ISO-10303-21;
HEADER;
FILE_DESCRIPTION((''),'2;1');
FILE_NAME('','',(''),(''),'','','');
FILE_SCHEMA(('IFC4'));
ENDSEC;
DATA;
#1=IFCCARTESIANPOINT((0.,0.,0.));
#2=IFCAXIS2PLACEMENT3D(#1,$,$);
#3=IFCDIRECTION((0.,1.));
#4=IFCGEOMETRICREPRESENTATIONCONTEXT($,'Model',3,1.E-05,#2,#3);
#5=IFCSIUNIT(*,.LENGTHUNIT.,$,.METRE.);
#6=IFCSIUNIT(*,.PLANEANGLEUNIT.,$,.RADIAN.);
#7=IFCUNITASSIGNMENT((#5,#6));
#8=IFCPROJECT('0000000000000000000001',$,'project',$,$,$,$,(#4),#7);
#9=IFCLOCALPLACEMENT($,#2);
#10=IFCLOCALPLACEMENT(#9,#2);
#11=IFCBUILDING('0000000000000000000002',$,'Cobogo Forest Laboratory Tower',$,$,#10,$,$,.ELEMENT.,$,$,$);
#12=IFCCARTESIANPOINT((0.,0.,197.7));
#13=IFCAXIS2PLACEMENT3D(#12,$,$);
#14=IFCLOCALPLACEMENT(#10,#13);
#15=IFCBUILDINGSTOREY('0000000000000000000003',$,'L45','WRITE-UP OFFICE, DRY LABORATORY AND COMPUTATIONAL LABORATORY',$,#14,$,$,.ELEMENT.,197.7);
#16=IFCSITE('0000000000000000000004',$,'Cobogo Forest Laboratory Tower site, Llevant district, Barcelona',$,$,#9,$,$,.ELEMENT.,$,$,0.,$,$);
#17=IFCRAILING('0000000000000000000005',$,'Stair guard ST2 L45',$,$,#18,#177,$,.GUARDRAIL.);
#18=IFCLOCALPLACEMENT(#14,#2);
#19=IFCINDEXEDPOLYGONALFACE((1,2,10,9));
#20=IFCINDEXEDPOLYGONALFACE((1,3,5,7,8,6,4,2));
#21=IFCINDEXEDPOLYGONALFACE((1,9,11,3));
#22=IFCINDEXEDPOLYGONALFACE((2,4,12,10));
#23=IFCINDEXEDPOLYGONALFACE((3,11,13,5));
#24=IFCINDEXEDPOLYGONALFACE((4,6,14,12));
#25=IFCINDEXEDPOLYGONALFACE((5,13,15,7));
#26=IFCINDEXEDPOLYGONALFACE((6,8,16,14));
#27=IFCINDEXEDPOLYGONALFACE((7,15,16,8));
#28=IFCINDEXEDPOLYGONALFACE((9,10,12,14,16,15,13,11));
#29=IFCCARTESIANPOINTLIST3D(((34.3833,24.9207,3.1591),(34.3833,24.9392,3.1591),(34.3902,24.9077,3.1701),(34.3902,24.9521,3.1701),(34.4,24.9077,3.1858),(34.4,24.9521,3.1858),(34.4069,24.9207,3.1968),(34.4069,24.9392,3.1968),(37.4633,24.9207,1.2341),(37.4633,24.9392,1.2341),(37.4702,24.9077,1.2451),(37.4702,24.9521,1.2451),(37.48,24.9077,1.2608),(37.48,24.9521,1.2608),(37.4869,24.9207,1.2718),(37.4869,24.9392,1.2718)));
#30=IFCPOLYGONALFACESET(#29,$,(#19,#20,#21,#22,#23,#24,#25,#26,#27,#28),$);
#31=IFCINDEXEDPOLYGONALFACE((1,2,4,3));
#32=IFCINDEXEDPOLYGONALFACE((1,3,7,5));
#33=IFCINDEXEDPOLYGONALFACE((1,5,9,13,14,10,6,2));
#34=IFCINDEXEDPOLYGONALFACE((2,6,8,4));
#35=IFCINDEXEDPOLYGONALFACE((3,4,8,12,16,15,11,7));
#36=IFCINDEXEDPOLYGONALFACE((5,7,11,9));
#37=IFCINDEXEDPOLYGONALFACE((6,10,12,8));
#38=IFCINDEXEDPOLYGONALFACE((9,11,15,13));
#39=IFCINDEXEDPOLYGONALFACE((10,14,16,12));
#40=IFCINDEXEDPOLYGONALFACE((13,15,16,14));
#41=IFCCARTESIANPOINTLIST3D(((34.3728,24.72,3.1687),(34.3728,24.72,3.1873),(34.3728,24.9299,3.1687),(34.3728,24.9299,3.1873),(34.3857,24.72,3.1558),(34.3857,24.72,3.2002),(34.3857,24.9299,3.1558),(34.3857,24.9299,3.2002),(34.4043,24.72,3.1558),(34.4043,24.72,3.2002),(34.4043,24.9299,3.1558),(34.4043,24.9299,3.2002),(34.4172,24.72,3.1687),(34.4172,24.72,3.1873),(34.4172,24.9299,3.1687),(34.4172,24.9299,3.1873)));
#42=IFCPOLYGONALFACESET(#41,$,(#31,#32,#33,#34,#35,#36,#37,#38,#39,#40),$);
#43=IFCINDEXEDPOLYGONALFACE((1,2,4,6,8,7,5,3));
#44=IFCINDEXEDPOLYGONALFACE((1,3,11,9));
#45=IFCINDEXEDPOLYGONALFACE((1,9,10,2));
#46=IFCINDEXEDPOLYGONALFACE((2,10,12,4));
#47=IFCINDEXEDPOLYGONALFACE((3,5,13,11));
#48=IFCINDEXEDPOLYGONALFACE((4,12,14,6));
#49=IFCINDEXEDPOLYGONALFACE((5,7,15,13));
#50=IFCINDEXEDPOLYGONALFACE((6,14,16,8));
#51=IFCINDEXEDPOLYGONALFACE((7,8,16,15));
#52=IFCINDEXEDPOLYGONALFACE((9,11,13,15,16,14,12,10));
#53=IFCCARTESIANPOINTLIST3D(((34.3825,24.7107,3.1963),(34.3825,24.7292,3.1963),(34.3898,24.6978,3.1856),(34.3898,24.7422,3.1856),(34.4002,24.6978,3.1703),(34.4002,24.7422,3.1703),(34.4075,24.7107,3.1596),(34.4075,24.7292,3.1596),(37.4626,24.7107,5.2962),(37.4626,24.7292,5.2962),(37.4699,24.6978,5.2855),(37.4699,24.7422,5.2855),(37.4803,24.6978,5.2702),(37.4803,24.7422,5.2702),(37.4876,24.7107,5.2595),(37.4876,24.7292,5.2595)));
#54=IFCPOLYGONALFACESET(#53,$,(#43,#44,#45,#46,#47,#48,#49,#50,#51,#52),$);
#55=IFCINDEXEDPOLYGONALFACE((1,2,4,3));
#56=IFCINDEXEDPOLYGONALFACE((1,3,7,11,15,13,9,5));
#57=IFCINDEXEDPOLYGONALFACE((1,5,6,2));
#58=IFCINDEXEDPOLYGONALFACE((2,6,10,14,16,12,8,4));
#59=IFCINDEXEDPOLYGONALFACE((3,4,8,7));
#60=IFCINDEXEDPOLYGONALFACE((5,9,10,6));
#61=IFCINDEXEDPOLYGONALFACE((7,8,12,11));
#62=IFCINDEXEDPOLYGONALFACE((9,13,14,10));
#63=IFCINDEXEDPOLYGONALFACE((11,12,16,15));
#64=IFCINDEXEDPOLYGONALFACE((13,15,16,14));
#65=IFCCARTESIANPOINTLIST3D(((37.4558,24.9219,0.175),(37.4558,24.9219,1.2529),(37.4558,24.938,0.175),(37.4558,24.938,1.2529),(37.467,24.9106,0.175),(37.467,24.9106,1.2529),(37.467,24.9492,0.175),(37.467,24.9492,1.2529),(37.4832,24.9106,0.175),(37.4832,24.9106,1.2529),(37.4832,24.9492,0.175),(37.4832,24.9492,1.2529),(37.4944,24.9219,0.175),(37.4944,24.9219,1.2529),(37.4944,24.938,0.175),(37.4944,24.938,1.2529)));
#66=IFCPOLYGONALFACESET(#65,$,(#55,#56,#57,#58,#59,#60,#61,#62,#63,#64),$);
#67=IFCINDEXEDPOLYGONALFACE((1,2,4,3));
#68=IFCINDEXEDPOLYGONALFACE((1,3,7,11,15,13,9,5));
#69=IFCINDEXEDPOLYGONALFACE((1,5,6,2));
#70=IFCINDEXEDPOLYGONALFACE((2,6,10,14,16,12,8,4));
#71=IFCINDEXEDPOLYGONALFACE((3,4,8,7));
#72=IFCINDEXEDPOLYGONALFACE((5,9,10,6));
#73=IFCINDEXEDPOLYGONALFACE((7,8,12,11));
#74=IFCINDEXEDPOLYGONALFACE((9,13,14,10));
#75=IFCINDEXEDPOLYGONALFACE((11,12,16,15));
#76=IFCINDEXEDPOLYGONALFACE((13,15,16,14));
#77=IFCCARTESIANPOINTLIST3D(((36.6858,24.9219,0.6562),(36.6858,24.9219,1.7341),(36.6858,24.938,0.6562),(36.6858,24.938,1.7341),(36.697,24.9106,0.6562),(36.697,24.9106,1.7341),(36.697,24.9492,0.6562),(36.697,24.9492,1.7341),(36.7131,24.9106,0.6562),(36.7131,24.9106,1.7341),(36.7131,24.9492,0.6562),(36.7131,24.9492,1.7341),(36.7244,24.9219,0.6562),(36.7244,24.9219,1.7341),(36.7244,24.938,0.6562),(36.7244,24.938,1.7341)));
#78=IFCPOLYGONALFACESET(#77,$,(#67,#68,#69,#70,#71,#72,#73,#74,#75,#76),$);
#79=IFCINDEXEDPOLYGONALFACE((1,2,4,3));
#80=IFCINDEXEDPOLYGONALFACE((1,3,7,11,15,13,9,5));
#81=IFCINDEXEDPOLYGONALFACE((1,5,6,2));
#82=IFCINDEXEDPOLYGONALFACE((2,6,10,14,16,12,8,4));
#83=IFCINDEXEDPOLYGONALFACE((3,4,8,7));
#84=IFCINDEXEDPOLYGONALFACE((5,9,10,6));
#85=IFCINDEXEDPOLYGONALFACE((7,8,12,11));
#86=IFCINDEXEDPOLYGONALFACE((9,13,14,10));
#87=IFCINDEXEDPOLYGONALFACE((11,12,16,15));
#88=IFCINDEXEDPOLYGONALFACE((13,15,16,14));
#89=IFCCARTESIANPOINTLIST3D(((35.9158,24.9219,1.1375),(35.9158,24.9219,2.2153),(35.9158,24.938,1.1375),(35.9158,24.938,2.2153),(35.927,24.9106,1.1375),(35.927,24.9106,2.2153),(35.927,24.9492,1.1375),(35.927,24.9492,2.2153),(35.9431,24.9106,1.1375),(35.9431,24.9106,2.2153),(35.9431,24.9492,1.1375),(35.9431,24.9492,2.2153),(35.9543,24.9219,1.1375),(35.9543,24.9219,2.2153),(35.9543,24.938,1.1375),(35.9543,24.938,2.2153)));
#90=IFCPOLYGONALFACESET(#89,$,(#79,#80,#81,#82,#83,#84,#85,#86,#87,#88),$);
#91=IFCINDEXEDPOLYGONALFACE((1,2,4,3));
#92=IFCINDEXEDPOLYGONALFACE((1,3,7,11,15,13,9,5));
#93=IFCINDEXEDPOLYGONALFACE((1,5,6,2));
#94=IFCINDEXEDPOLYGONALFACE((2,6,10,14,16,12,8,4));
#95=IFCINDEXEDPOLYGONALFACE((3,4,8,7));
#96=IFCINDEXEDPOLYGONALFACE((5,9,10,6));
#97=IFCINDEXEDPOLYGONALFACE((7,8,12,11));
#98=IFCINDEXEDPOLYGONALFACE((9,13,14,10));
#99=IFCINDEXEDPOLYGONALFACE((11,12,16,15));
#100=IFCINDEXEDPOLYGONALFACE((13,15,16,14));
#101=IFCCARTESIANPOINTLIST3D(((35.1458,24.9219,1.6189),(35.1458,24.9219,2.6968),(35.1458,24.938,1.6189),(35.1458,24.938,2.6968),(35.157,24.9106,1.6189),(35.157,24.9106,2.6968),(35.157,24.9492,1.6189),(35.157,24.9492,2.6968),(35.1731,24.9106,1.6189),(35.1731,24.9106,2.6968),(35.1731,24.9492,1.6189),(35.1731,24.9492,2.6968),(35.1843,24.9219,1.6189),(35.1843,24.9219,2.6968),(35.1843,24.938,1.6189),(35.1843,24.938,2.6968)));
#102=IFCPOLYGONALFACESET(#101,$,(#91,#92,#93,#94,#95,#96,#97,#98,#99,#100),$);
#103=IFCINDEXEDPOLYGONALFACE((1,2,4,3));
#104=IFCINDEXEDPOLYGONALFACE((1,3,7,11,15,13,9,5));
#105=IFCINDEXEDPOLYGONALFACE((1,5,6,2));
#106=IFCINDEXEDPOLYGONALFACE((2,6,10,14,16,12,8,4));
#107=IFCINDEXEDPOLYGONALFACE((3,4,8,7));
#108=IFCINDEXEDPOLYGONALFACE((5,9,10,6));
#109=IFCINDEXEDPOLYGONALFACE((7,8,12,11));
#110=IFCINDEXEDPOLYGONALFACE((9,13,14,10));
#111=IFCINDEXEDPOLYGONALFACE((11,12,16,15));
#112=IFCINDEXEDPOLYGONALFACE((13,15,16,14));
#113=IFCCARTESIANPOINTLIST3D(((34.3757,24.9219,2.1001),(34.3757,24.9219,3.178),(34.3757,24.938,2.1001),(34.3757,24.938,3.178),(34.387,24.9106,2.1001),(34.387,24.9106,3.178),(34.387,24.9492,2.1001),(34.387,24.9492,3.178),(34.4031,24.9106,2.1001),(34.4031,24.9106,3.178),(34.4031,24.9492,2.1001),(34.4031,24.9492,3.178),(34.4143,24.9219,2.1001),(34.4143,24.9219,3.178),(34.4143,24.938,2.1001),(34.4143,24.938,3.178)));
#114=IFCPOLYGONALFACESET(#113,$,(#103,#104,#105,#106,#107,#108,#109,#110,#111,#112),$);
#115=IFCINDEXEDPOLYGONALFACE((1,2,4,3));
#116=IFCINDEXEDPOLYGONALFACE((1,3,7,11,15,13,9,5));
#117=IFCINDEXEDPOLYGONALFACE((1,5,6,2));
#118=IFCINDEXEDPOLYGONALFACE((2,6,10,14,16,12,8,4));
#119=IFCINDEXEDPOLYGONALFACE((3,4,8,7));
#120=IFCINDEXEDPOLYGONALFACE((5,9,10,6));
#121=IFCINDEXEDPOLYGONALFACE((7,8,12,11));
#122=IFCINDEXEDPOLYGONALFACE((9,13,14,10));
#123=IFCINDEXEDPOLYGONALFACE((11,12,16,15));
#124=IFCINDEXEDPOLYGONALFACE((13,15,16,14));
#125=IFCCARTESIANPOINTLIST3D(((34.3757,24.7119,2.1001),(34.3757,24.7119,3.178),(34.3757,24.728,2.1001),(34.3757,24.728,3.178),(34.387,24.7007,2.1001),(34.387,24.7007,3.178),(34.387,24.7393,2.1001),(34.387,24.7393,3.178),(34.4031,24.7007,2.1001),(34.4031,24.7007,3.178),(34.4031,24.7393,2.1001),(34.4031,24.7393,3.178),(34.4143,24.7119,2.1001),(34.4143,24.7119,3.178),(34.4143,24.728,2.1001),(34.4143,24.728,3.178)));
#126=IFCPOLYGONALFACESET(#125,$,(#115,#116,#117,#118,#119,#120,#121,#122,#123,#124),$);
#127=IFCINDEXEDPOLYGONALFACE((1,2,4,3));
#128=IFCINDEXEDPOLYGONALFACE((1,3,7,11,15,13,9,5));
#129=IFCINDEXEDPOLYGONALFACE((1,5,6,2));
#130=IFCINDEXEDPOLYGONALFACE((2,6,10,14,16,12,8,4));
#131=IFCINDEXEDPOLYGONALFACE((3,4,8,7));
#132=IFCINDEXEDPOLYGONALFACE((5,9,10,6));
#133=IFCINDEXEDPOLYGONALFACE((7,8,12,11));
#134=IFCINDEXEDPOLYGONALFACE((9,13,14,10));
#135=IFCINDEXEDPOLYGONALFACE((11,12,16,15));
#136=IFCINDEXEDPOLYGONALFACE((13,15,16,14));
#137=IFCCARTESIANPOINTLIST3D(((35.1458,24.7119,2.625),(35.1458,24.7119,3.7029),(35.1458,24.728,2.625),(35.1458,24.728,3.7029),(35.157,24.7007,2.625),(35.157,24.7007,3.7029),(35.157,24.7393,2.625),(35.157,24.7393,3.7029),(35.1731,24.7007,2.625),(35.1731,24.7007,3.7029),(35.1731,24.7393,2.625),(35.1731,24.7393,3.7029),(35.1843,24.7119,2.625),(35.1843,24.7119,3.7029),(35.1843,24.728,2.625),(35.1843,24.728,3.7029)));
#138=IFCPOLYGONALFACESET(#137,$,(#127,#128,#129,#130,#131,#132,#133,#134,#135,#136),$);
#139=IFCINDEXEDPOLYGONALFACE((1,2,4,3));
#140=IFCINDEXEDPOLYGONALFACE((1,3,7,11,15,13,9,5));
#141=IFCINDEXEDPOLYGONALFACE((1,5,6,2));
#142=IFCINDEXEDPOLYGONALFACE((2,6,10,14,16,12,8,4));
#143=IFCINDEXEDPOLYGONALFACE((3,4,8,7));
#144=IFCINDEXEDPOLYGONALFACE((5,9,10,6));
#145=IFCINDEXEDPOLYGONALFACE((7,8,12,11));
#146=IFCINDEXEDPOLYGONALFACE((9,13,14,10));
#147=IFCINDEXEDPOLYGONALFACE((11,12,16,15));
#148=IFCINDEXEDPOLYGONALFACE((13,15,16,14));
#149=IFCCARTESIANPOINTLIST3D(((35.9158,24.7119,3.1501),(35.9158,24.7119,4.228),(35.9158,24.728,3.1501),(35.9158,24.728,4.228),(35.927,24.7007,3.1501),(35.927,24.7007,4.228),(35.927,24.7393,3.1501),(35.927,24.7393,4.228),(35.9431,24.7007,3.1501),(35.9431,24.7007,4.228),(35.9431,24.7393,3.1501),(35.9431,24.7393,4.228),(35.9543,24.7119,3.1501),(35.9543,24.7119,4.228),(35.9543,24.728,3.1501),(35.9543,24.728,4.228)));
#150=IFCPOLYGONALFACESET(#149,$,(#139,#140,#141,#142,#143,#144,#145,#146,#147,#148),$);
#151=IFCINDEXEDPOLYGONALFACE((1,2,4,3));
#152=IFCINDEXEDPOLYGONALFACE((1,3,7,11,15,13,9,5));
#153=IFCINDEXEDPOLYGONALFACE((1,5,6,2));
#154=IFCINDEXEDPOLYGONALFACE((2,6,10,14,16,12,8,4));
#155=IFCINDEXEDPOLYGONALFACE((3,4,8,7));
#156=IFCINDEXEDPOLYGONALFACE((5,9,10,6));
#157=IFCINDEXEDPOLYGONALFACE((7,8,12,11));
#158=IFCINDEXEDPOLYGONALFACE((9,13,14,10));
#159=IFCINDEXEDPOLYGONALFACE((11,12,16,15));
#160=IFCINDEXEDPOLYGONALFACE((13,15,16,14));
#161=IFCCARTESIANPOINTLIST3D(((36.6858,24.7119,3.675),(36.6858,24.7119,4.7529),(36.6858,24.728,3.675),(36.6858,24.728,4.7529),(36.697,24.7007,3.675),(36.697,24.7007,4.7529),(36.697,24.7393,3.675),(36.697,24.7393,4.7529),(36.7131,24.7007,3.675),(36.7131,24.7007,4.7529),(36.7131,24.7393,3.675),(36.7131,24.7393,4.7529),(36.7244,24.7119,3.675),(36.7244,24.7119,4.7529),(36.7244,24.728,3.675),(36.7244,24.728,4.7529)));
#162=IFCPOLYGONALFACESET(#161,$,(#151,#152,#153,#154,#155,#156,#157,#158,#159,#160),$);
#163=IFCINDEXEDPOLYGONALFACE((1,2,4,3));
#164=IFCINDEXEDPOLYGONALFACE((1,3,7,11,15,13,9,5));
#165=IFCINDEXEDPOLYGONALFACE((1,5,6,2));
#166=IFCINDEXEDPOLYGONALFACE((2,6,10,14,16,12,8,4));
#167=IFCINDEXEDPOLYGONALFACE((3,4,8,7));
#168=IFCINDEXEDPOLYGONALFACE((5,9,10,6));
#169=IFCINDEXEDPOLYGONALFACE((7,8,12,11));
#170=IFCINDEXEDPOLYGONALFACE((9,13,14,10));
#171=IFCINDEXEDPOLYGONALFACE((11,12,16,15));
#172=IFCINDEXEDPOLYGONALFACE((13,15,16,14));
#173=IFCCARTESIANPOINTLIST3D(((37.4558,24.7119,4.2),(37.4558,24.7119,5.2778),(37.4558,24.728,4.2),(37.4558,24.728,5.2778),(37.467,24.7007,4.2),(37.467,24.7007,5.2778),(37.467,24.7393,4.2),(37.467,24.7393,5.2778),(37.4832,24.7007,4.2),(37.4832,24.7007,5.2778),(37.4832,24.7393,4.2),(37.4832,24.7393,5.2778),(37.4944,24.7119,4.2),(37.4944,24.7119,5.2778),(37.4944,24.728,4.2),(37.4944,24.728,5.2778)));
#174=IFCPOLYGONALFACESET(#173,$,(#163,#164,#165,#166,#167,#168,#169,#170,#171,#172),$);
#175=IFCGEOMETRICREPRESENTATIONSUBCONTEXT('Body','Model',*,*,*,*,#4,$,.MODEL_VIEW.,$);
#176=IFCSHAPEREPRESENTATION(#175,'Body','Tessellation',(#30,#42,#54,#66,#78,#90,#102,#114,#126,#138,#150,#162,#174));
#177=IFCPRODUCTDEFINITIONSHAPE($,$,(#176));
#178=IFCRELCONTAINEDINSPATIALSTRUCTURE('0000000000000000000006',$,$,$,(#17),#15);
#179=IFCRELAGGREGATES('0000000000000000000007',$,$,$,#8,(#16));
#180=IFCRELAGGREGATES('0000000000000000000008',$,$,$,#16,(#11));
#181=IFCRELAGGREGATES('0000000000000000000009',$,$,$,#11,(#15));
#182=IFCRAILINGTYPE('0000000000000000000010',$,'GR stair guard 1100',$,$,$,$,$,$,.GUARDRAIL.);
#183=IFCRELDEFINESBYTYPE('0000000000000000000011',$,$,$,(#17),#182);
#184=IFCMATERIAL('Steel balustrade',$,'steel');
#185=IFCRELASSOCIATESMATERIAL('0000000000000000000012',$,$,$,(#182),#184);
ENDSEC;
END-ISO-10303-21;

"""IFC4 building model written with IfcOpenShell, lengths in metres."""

from ifc_helpers import new_model, si_unit, direction, frame, origin, place, context, subcontext, project, spatial, polyline, outline, extrude, material, type_object, element, save


model = new_model("IFC4")

# Units and contexts
model_context = context("Model", 3, precision=1e-05, world=origin(), true_north=direction((0.0, 1.0)))
body_context = subcontext(model_context, "Body", "Model", "MODEL_VIEW")
ifc_project = project(units=[si_unit("LENGTHUNIT", "METRE"), si_unit("PLANEANGLEUNIT", "RADIAN")], contexts=[model_context])

# Site, building, storey
site_placement = place(None, origin())
site = spatial("IfcSite", under=ifc_project, at=site_placement, Name="Cobogo Forest Laboratory Tower site, Llevant district, Barcelona", CompositionType="ELEMENT", RefElevation=0.0)
building_placement = place(site_placement, origin())
building = spatial("IfcBuilding", under=site, at=building_placement, Name="Cobogo Forest Laboratory Tower", CompositionType="ELEMENT")
storey_placement = place(building_placement, frame((0.0, 0.0, 197.7)))
storey = spatial("IfcBuildingStorey", under=building, at=storey_placement, Name="L45", Description="WRITE-UP OFFICE, DRY LABORATORY AND COMPUTATIONAL LABORATORY", CompositionType="ELEMENT", Elevation=197.7)

# Railing
ifc_material_1 = material(Name="Steel balustrade", Category="steel")
railing_type_1 = type_object("IfcRailingType", Name="GR stair guard 1100", PredefinedType="GUARDRAIL", material=ifc_material_1)
railing_1_placement = place(storey_placement, frame((37.4751, 24.9299, 0.175)))
element("IfcRailing", 1, at=railing_1_placement, inside=storey, type_object=railing_type_1, Name="Stair guard ST2 L45", PredefinedType="GUARDRAIL", context=body_context, shape_type="SweptSolid", body=[
    extrude(outline(polyline([(0.0222, 0.0093), (0.0093, 0.0222), (-0.0093, 0.0222), (-0.0222, 0.0093), (-0.0222, -0.0093), (-0.0093, -0.0222), (0.0093, -0.0222), (0.0222, -0.0093), (0.0222, 0.0093)])), frame((0.0, 0.0, 1.0779), z_axis=(-0.847998, 0.0, 0.529999), x_axis=(0.0, -1.0, 0.0)), (0.0, 0.0, 1.0), 3.6321),
    extrude(outline(polyline([(0.0222, 0.0093), (0.0093, 0.0222), (-0.0093, 0.0222), (-0.0222, 0.0093), (-0.0222, -0.0093), (-0.0093, -0.0222), (0.0093, -0.0222), (0.0222, -0.0093), (0.0222, 0.0093)])), frame((-3.0801, 0.0, 3.0029), z_axis=(0.0, -1.0, 0.0), x_axis=(1.0, 0.0, 0.0)), (0.0, 0.0, 1.0), 0.21),
    extrude(outline(polyline([(0.0222, 0.0093), (0.0093, 0.0222), (-0.0093, 0.0222), (-0.0222, 0.0093), (-0.0222, -0.0093), (-0.0093, -0.0222), (0.0093, -0.0222), (0.0222, -0.0093), (0.0222, 0.0093)])), frame((-3.0801, -0.21, 3.0029), z_axis=(0.826252, 0.0, 0.5633), x_axis=(0.0, 1.0, 0.0)), (0.0, 0.0, 1.0), 3.7278),
    extrude(outline(polyline([(0.0193, 0.0081), (0.0081, 0.0193), (-0.0081, 0.0193), (-0.0193, 0.0081), (-0.0193, -0.0081), (-0.0081, -0.0193), (0.0081, -0.0193), (0.0193, -0.0081), (0.0193, 0.0081)])), origin(), (0.0, 0.0, 1.0), 1.0779),
    extrude(outline(polyline([(0.0193, 0.0081), (0.0081, 0.0193), (-0.0081, 0.0193), (-0.0193, 0.0081), (-0.0193, -0.0081), (-0.0081, -0.0193), (0.0081, -0.0193), (0.0193, -0.0081), (0.0193, 0.0081)])), frame((-0.77, 0.0, 0.4812)), (0.0, 0.0, 1.0), 1.0779),
    extrude(outline(polyline([(0.0193, 0.0081), (0.0081, 0.0193), (-0.0081, 0.0193), (-0.0193, 0.0081), (-0.0193, -0.0081), (-0.0081, -0.0193), (0.0081, -0.0193), (0.0193, -0.0081), (0.0193, 0.0081)])), frame((-1.54, 0.0, 0.9624)), (0.0, 0.0, 1.0), 1.0779),
    extrude(outline(polyline([(0.0193, 0.0081), (0.0081, 0.0193), (-0.0081, 0.0193), (-0.0193, 0.0081), (-0.0193, -0.0081), (-0.0081, -0.0193), (0.0081, -0.0193), (0.0193, -0.0081), (0.0193, 0.0081)])), frame((-2.3101, 0.0, 1.4438)), (0.0, 0.0, 1.0), 1.0779),
    extrude(outline(polyline([(0.0193, 0.0081), (0.0081, 0.0193), (-0.0081, 0.0193), (-0.0193, 0.0081), (-0.0193, -0.0081), (-0.0081, -0.0193), (0.0081, -0.0193), (0.0193, -0.0081), (0.0193, 0.0081)])), frame((-3.0801, 0.0, 1.925)), (0.0, 0.0, 1.0), 1.0779),
    extrude(outline(polyline([(0.0193, 0.0081), (0.0081, 0.0193), (-0.0081, 0.0193), (-0.0193, 0.0081), (-0.0193, -0.0081), (-0.0081, -0.0193), (0.0081, -0.0193), (0.0193, -0.0081), (0.0193, 0.0081)])), frame((-3.0801, -0.21, 1.925)), (0.0, 0.0, 1.0), 1.0779),
    extrude(outline(polyline([(0.0193, 0.0081), (0.0081, 0.0193), (-0.0081, 0.0193), (-0.0193, 0.0081), (-0.0193, -0.0081), (-0.0081, -0.0193), (0.0081, -0.0193), (0.0193, -0.0081), (0.0193, 0.0081)])), frame((-2.3101, -0.21, 2.45)), (0.0, 0.0, 1.0), 1.0779),
    extrude(outline(polyline([(0.0193, 0.0081), (0.0081, 0.0193), (-0.0081, 0.0193), (-0.0193, 0.0081), (-0.0193, -0.0081), (-0.0081, -0.0193), (0.0081, -0.0193), (0.0193, -0.0081), (0.0193, 0.0081)])), frame((-1.54, -0.21, 2.9751)), (0.0, 0.0, 1.0), 1.0779),
    extrude(outline(polyline([(0.0193, 0.0081), (0.0081, 0.0193), (-0.0081, 0.0193), (-0.0193, 0.0081), (-0.0193, -0.0081), (-0.0081, -0.0193), (0.0081, -0.0193), (0.0193, -0.0081), (0.0193, 0.0081)])), frame((-0.77, -0.21, 3.5)), (0.0, 0.0, 1.0), 1.0779),
    extrude(outline(polyline([(0.0193, 0.0081), (0.0081, 0.0193), (-0.0081, 0.0193), (-0.0193, 0.0081), (-0.0193, -0.0081), (-0.0081, -0.0193), (0.0081, -0.0193), (0.0193, -0.0081), (0.0193, 0.0081)])), frame((0.0, -0.21, 4.0249)), (0.0, 0.0, 1.0), 1.0779),
])

save(model, "model.ifc")
